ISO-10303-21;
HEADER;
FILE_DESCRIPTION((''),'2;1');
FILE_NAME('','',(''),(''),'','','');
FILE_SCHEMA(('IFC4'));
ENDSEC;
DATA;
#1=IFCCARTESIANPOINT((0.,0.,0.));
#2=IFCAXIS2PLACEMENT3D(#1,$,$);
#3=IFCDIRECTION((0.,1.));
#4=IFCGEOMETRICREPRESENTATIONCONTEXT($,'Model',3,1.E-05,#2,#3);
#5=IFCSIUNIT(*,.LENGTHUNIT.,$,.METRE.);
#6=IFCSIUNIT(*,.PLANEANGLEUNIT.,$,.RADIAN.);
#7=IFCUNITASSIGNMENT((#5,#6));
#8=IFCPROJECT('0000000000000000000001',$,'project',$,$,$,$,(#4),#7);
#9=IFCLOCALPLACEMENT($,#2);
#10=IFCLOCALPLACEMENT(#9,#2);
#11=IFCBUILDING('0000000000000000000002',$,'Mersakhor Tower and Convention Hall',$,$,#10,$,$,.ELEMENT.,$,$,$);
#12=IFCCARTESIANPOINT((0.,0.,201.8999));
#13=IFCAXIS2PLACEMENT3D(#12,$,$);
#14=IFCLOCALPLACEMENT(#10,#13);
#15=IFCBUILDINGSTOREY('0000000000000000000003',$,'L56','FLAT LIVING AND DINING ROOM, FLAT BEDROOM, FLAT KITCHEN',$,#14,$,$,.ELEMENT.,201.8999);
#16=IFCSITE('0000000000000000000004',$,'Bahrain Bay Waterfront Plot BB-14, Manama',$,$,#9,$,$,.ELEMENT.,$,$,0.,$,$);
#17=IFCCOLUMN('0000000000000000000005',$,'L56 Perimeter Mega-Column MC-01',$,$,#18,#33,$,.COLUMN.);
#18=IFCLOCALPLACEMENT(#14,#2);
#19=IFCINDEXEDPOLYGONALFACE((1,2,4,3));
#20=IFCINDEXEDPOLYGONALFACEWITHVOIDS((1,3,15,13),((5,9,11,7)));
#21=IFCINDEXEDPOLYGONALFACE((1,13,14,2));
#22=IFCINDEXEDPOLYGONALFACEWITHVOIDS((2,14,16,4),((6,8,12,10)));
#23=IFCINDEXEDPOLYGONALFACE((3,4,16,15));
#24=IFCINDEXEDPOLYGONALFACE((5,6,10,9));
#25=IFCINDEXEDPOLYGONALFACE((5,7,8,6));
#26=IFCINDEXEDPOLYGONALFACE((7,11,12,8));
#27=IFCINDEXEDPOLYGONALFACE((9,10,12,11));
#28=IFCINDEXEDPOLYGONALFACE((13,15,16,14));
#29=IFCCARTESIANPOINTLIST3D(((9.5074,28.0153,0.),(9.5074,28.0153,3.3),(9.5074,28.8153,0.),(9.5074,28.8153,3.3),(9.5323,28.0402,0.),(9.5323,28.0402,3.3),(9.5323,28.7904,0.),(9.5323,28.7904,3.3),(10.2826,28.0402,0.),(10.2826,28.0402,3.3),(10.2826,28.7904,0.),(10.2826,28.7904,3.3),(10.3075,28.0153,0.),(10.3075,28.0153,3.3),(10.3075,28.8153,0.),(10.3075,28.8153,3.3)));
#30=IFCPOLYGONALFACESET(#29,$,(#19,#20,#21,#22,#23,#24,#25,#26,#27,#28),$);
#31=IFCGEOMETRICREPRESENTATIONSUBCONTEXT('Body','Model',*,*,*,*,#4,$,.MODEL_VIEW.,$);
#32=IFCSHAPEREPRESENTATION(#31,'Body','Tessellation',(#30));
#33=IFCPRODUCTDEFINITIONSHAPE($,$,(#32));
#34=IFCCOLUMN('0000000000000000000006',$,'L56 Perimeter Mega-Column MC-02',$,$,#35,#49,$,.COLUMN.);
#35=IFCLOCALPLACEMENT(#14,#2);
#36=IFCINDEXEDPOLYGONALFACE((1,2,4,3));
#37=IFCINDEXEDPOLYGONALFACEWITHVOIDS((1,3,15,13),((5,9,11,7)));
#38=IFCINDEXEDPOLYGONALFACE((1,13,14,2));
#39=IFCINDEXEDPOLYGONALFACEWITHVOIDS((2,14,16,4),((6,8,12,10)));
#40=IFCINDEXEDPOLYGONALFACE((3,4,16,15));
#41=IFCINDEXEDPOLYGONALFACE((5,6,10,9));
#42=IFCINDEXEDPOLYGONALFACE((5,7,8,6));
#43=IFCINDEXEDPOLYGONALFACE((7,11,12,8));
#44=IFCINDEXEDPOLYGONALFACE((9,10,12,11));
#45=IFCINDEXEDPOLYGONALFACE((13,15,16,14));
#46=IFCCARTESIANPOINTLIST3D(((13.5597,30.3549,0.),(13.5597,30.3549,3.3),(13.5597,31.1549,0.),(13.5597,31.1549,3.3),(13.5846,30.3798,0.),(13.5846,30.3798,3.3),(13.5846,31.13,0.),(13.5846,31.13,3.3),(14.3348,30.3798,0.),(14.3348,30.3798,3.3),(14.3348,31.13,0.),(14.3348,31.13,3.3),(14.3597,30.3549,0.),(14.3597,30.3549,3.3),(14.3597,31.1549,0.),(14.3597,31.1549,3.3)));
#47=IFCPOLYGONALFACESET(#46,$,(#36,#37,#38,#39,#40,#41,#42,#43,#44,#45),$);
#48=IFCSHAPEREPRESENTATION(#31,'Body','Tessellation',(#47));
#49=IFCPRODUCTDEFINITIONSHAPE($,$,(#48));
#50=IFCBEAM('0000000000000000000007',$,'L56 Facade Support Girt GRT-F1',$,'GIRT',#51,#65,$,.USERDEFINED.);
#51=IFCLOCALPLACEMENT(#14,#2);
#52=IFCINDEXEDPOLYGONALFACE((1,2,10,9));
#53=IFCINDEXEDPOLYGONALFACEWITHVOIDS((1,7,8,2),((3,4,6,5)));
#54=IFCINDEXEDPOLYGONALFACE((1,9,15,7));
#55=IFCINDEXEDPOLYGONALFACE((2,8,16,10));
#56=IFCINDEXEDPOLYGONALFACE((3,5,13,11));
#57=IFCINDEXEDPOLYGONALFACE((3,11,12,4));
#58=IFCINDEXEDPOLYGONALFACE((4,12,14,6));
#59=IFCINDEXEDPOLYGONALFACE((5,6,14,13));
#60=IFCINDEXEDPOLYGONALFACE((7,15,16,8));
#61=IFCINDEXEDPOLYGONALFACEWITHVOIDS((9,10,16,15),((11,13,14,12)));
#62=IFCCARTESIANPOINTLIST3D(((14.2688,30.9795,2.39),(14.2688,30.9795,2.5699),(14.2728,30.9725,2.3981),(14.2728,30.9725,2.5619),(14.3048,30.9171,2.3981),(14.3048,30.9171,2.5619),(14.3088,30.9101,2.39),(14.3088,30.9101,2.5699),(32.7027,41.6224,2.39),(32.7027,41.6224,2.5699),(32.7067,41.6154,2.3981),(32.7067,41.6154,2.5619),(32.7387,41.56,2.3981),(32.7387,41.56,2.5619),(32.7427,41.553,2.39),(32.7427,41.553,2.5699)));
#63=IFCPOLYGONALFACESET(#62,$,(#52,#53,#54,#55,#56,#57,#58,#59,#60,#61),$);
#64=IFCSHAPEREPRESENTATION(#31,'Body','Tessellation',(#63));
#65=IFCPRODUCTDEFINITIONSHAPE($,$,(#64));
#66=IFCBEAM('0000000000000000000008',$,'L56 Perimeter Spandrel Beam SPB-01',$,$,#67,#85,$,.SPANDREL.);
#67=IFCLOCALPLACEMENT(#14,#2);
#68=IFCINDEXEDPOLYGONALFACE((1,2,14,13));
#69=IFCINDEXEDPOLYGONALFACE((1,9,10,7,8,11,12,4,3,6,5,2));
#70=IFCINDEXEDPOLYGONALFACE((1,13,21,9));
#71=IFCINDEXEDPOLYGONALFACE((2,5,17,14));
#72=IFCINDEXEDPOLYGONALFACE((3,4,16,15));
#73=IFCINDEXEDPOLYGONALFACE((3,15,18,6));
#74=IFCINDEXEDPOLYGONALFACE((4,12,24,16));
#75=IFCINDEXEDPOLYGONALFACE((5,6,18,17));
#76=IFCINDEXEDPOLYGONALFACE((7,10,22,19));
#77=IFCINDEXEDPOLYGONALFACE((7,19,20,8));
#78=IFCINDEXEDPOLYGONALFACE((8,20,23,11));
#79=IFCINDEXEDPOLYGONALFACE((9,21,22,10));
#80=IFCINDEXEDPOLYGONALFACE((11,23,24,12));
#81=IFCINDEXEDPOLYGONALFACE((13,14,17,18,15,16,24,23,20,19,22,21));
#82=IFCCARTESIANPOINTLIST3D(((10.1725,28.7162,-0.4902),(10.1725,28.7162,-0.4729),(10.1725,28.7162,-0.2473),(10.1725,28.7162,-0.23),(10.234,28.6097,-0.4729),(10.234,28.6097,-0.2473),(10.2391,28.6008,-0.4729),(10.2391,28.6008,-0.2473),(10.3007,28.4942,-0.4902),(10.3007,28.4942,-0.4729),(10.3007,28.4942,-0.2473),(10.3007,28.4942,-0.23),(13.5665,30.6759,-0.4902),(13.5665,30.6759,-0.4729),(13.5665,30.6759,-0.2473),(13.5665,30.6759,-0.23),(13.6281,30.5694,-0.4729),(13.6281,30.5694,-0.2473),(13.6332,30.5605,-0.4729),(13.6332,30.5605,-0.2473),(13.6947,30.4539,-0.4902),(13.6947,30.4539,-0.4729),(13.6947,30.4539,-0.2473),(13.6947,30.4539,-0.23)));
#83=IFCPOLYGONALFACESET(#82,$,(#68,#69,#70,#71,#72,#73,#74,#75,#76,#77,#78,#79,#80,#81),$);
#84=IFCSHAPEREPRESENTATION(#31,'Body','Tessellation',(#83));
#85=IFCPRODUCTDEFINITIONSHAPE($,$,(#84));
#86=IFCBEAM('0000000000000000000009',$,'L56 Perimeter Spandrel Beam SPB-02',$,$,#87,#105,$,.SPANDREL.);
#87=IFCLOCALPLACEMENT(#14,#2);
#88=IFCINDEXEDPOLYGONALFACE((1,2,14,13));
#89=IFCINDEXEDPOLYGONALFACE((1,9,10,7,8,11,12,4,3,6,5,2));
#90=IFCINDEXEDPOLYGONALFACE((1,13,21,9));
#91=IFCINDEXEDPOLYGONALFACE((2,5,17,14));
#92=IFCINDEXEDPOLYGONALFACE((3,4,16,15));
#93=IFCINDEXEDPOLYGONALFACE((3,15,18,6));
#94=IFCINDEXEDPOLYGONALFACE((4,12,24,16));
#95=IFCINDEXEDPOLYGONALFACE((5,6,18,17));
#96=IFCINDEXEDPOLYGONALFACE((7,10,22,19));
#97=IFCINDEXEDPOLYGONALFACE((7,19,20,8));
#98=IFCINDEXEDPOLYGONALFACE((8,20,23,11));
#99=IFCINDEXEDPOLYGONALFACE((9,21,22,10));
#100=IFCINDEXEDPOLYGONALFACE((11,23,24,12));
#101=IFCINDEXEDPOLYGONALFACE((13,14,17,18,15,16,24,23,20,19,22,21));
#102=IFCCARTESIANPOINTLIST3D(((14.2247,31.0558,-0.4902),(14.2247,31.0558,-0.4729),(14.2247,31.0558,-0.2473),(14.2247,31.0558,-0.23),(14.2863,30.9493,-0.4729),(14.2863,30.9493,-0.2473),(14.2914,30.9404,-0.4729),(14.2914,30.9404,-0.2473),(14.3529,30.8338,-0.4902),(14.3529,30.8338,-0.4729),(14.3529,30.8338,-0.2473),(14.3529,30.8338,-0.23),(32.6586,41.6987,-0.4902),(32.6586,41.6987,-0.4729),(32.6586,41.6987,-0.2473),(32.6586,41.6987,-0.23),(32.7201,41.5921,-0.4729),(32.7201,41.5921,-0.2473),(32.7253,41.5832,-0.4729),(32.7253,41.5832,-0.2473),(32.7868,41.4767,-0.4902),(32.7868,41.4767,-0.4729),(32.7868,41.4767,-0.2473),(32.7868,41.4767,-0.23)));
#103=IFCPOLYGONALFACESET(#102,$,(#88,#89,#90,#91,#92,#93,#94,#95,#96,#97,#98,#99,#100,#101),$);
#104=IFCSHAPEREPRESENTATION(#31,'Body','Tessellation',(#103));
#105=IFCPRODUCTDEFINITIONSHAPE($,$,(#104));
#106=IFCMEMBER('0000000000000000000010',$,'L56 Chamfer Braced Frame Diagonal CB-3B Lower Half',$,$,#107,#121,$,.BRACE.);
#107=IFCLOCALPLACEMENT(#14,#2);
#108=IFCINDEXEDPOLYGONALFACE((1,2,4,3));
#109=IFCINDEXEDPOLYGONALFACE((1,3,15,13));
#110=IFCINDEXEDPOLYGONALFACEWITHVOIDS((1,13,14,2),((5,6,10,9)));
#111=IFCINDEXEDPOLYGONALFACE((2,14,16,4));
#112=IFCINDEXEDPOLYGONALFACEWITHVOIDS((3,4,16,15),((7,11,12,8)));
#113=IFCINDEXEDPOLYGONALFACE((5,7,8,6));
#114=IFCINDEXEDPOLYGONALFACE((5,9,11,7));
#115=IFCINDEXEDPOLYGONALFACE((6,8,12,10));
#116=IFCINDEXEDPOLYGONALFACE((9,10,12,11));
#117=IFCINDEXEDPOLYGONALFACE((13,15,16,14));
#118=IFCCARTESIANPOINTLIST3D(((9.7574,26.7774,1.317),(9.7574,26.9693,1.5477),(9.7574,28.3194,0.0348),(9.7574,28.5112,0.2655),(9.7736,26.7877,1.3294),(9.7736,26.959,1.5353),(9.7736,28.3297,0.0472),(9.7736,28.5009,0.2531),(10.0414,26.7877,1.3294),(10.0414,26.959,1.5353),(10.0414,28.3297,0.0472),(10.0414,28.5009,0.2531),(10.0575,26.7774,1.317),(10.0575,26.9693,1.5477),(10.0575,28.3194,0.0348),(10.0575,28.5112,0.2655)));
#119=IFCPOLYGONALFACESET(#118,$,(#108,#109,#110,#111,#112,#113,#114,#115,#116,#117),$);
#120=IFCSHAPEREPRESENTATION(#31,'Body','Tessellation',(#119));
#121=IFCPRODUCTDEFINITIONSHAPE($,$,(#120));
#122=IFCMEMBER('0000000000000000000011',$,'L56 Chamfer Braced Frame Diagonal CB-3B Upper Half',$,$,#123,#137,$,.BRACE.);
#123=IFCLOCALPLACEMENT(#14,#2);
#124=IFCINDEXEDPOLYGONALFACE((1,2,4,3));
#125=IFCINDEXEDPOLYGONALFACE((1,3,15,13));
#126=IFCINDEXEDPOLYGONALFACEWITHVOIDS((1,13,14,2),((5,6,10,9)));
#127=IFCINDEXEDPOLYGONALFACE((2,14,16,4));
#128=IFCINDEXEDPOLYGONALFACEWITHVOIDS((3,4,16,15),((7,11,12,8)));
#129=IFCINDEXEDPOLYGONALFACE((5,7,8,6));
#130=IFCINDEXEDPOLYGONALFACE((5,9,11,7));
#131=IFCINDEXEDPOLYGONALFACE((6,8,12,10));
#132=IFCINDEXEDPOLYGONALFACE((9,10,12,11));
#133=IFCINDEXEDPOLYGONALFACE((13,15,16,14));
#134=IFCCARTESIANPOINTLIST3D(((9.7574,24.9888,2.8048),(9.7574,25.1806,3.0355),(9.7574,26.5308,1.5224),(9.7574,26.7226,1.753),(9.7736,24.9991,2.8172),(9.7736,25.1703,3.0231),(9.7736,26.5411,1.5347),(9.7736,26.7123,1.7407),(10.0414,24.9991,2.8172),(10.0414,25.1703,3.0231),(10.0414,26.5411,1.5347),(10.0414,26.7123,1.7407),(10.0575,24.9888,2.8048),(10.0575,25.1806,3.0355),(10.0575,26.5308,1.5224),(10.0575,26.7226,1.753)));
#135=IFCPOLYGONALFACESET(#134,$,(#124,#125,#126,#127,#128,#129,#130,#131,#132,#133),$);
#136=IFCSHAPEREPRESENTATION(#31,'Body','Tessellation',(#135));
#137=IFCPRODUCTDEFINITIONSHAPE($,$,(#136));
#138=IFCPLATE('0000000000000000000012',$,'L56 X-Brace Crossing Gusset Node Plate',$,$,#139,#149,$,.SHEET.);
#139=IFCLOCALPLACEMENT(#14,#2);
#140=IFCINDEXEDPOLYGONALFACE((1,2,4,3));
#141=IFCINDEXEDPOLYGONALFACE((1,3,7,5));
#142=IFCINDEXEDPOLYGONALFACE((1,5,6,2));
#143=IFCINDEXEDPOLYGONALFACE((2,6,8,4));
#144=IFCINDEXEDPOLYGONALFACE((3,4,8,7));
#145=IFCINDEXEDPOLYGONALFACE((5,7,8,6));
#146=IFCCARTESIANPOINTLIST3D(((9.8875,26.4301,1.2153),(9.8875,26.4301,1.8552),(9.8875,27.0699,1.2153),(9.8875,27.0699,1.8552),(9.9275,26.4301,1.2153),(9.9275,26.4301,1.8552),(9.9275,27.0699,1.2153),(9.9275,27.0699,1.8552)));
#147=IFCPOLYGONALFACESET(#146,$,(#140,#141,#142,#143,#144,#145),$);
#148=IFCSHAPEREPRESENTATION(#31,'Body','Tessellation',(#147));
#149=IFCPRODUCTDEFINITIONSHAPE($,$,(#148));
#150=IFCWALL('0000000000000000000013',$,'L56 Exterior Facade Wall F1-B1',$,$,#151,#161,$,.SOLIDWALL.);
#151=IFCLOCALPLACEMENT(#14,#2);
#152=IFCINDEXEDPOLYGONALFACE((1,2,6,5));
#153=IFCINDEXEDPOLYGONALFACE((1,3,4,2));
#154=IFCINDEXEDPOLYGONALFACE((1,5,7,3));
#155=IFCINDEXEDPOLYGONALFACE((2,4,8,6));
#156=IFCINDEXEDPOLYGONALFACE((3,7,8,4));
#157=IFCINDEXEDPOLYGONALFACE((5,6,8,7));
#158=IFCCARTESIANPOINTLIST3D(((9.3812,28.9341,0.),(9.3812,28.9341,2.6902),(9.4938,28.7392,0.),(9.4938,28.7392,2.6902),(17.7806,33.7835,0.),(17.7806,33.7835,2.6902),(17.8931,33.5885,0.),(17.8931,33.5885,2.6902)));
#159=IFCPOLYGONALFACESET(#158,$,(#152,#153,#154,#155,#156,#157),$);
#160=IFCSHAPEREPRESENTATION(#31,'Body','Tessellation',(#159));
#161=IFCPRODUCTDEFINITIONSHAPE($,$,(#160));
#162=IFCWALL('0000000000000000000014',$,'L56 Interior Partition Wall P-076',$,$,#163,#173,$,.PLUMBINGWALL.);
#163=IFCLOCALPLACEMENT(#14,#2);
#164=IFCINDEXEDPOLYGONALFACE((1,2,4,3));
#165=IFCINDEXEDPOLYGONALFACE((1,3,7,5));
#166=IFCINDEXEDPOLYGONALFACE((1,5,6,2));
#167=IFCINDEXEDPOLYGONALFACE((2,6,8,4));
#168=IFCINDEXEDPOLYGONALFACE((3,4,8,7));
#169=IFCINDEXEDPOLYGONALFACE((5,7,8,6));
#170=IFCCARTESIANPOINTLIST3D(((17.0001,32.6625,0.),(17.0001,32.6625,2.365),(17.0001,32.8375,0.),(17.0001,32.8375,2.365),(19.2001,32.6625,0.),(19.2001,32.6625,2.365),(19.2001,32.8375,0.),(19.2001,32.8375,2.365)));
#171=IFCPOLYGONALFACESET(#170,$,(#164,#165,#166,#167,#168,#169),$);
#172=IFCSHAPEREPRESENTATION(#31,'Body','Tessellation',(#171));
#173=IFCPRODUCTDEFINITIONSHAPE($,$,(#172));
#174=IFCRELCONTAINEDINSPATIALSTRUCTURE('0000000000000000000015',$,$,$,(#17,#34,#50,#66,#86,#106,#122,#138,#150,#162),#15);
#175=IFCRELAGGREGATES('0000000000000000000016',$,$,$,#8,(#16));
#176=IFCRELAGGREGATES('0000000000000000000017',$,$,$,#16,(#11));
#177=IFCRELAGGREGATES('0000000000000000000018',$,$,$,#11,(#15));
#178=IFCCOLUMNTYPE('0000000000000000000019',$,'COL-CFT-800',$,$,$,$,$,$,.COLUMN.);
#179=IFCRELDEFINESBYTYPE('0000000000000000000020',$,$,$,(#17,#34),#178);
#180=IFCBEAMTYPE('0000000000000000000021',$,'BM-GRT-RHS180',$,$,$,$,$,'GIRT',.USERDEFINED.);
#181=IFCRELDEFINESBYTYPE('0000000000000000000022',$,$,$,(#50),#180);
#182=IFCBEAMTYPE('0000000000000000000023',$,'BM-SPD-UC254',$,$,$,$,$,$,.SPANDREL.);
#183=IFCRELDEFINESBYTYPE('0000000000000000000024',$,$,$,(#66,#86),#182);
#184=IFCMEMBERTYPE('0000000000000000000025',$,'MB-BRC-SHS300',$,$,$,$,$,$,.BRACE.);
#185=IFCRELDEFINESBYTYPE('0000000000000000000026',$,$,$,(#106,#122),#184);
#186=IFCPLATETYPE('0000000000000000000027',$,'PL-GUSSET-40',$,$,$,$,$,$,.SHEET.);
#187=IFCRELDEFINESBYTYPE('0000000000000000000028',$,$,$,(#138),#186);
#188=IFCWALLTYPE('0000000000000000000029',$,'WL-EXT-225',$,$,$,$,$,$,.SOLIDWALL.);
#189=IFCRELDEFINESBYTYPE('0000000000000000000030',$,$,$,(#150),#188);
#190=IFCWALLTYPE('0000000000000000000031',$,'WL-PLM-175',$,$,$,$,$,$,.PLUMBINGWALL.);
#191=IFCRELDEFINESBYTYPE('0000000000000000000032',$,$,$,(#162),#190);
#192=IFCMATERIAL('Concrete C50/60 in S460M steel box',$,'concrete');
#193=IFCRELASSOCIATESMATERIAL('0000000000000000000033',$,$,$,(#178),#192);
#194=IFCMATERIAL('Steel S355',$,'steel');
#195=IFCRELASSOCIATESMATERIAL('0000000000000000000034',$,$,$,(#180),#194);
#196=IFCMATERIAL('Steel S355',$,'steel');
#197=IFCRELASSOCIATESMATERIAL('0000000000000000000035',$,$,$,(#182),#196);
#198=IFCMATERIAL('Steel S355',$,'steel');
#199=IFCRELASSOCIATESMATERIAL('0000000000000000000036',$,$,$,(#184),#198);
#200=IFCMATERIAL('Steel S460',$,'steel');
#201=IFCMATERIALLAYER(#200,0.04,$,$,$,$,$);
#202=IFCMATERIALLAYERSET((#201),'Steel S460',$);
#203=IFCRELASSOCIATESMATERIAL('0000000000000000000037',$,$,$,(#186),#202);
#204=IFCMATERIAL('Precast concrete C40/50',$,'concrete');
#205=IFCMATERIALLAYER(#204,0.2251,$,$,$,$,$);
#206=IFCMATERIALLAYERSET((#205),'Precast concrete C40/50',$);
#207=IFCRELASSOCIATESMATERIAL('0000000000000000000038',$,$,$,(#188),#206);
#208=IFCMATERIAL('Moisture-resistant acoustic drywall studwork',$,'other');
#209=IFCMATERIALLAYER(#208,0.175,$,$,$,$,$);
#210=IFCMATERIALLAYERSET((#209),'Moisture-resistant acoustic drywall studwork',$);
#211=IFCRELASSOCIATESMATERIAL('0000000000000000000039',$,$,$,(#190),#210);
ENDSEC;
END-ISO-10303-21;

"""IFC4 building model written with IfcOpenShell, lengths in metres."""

from ifc_helpers import new_model, si_unit, direction, frame, frame_2d, origin, origin_2d, place, context, subcontext, project, spatial, rectangle, hollow_rectangle, i_section, extrude, material, layer, layer_set, material_profile, profile_set, type_object, element, save


model = new_model("IFC4")

# Units and contexts
model_context = context("Model", 3, precision=1e-05, world=origin(), true_north=direction((0.0, 1.0)))
body_context = subcontext(model_context, "Body", "Model", "MODEL_VIEW")
ifc_project = project(units=[si_unit("LENGTHUNIT", "METRE"), si_unit("PLANEANGLEUNIT", "RADIAN")], contexts=[model_context])

# Site, building, storey
site_placement = place(None, origin())
site = spatial("IfcSite", under=ifc_project, at=site_placement, Name="Bahrain Bay Waterfront Plot BB-14, Manama", CompositionType="ELEMENT", RefElevation=0.0)
building_placement = place(site_placement, origin())
building = spatial("IfcBuilding", under=site, at=building_placement, Name="Mersakhor Tower and Convention Hall", CompositionType="ELEMENT")
storey_placement = place(building_placement, frame((0.0, 0.0, 201.8999)))
storey = spatial("IfcBuildingStorey", under=building, at=storey_placement, Name="L56", Description="FLAT LIVING AND DINING ROOM, FLAT BEDROOM, FLAT KITCHEN", CompositionType="ELEMENT", Elevation=201.8999)

# Columns
ifc_material_1 = material(Name="Concrete C50/60 in S460M steel box", Category="concrete")
ifc_material_profile_1 = material_profile(ifc_material_1, hollow_rectangle(XDim=0.8, YDim=0.8, WallThickness=0.0249, at=origin_2d()), Name="SHS 800x800x25")
ifc_profile_set_1 = profile_set([ifc_material_profile_1], Name="Concrete C50/60 in S460M steel box")
column_type = type_object("IfcColumnType", Name="COL-CFT-800", PredefinedType="COLUMN", material=ifc_profile_set_1)
for number, where, z_axis, x_axis, name in (
    (1, (9.9075, 28.4153, 0.0), (0.0, 0.0, 1.0), (1.0, 0.0, 0.0), "L56 Perimeter Mega-Column MC-01"),
    (2, (13.9597, 30.7549, 0.0), (0.0, 0.0, 1.0), (1.0, 0.0, 0.0), "L56 Perimeter Mega-Column MC-02"),
):
    element("IfcColumn", number, at=place(storey_placement, frame(where, z_axis=z_axis, x_axis=x_axis)), inside=storey, type_object=column_type, Name=name, PredefinedType="COLUMN", context=body_context, shape_type="SweptSolid", body=[
        extrude(hollow_rectangle(XDim=0.8, YDim=0.8, WallThickness=0.0249, at=origin_2d()), origin(), (0.0, 0.0, 1.0), 3.3),
    ])

# Beams
ifc_material_2 = material(Name="Steel S355", Category="steel")
ifc_material_profile_2 = material_profile(ifc_material_2, hollow_rectangle(XDim=0.0801, YDim=0.1799, WallThickness=0.0081, at=origin_2d()), Name="RHS 180x80x8")
ifc_profile_set_2 = profile_set([ifc_material_profile_2], Name="Steel S355")
beam_type_1 = type_object("IfcBeamType", Name="BM-GRT-RHS180", ElementType="GIRT", PredefinedType="USERDEFINED", material=ifc_profile_set_2)
beam_1_placement = place(storey_placement, frame((14.2888, 30.9448, 2.48), z_axis=(0.866025, 0.500001, 0.0), x_axis=(-0.500001, 0.866025, 0.0)))
element("IfcBeam", 3, at=beam_1_placement, inside=storey, type_object=beam_type_1, Name="L56 Facade Support Girt GRT-F1", ObjectType="GIRT", PredefinedType="USERDEFINED", context=body_context, shape_type="SweptSolid", body=[
    extrude(hollow_rectangle(XDim=0.0801, YDim=0.1799, WallThickness=0.0081, at=origin_2d()), origin(), (0.0, 0.0, 1.0), 21.2856),
])
ifc_material_3 = material(Name="Steel S355", Category="steel")
ifc_material_profile_3 = material_profile(ifc_material_3, i_section(OverallWidth=0.2563, OverallDepth=0.2603, WebThickness=0.0103, FlangeThickness=0.0173, at=origin_2d()), Name="UC 254x254x89")
ifc_profile_set_3 = profile_set([ifc_material_profile_3], Name="Steel S355")
beam_type_2 = type_object("IfcBeamType", Name="BM-SPD-UC254", PredefinedType="SPANDREL", material=ifc_profile_set_3)
beam_2_placement = place(storey_placement, frame((10.2366, 28.6052, -0.3601), z_axis=(0.866007, 0.500032, 0.0), x_axis=(-0.500032, 0.866007, 0.0)))
element("IfcBeam", 4, at=beam_2_placement, inside=storey, type_object=beam_type_2, Name="L56 Perimeter Spandrel Beam SPB-01", PredefinedType="SPANDREL", context=body_context, shape_type="SweptSolid", body=[
    extrude(i_section(OverallWidth=0.2563, OverallDepth=0.2603, WebThickness=0.0103, FlangeThickness=0.0173, at=origin_2d()), origin(), (0.0, 0.0, 1.0), 3.9192),
])
beam_3_placement = place(storey_placement, frame((14.2888, 30.9448, -0.3601), z_axis=(0.866025, 0.500001, 0.0), x_axis=(-0.500001, 0.866025, 0.0)))
element("IfcBeam", 5, at=beam_3_placement, inside=storey, type_object=beam_type_2, Name="L56 Perimeter Spandrel Beam SPB-02", PredefinedType="SPANDREL", context=body_context, shape_type="SweptSolid", body=[
    extrude(i_section(OverallWidth=0.2563, OverallDepth=0.2603, WebThickness=0.0103, FlangeThickness=0.0173, at=origin_2d()), origin(), (0.0, 0.0, 1.0), 21.2856),
])

# Members
ifc_material_4 = material(Name="Steel S355", Category="steel")
ifc_material_profile_4 = material_profile(ifc_material_4, hollow_rectangle(XDim=0.3, YDim=0.3, WallThickness=0.0161, at=origin_2d()), Name="SHS 300x300x16")
ifc_profile_set_4 = profile_set([ifc_material_profile_4], Name="Steel S355")
member_type = type_object("IfcMemberType", Name="MB-BRC-SHS300", PredefinedType="BRACE", material=ifc_profile_set_4)
member_1_placement = place(storey_placement, frame((9.9075, 28.4153, 0.1501), z_axis=(0.0, -0.768899, 0.63937), x_axis=(1.0, 0.0, 0.0)))
element("IfcMember", 6, at=member_1_placement, inside=storey, type_object=member_type, Name="L56 Chamfer Braced Frame Diagonal CB-3B Lower Half", PredefinedType="BRACE", context=body_context, shape_type="SweptSolid", body=[
    extrude(hollow_rectangle(XDim=0.3, YDim=0.3, WallThickness=0.0161, at=origin_2d()), origin(), (0.0, 0.0, 1.0), 2.0054),
])
member_2_placement = place(storey_placement, frame((9.9075, 26.6267, 1.6377), z_axis=(0.0, -0.76884, 0.639442), x_axis=(1.0, 0.0, 0.0)))
element("IfcMember", 7, at=member_2_placement, inside=storey, type_object=member_type, Name="L56 Chamfer Braced Frame Diagonal CB-3B Upper Half", PredefinedType="BRACE", context=body_context, shape_type="SweptSolid", body=[
    extrude(hollow_rectangle(XDim=0.3, YDim=0.3, WallThickness=0.0161, at=origin_2d()), origin(), (0.0, 0.0, 1.0), 2.0056),
])

# Plate
ifc_material_5 = material(Name="Steel S460", Category="steel")
ifc_layer_1 = layer(ifc_material_5, 0.04)
ifc_layer_set_1 = layer_set([ifc_layer_1], Name="Steel S460")
plate_type = type_object("IfcPlateType", Name="PL-GUSSET-40", PredefinedType="SHEET", material=ifc_layer_set_1)
plate_placement = place(storey_placement, frame((9.9075, 26.75, 1.2153), z_axis=(0.0, 0.0, 1.0), x_axis=(0.0, -1.0, 0.0)))
element("IfcPlate", 8, at=plate_placement, inside=storey, type_object=plate_type, Name="L56 X-Brace Crossing Gusset Node Plate", PredefinedType="SHEET", context=body_context, shape_type="SweptSolid", body=[
    extrude(rectangle(XDim=0.6399, YDim=0.04, at=origin_2d()), origin(), (0.0, 0.0, 1.0), 0.6399),
])

# Walls
ifc_material_6 = material(Name="Precast concrete C40/50", Category="concrete")
ifc_layer_2 = layer(ifc_material_6, 0.2251)
ifc_layer_set_2 = layer_set([ifc_layer_2], Name="Precast concrete C40/50")
wall_type_1 = type_object("IfcWallType", Name="WL-EXT-225", PredefinedType="SOLIDWALL", material=ifc_layer_set_2)
wall_1_placement = place(storey_placement, frame((9.4375, 28.8367, 0.0), z_axis=(0.0, 0.0, 1.0), x_axis=(0.866027, 0.499997, 0.0)))
element("IfcWall", 9, at=wall_1_placement, inside=storey, type_object=wall_type_1, Name="L56 Exterior Facade Wall F1-B1", PredefinedType="SOLIDWALL", context=body_context, shape_type="SweptSolid", body=[
    extrude(rectangle(XDim=9.6987, YDim=0.2251, at=frame_2d((4.8494, 0.0))), origin(), (0.0, 0.0, 1.0), 2.6902),
])
ifc_material_7 = material(Name="Moisture-resistant acoustic drywall studwork", Category="other")
ifc_layer_3 = layer(ifc_material_7, 0.175)
ifc_layer_set_3 = layer_set([ifc_layer_3], Name="Moisture-resistant acoustic drywall studwork")
wall_type_2 = type_object("IfcWallType", Name="WL-PLM-175", PredefinedType="PLUMBINGWALL", material=ifc_layer_set_3)
wall_2_placement = place(storey_placement, frame((17.0, 32.75, 0.0), z_axis=(0.0, 0.0, 1.0), x_axis=(1.0, 0.0, 0.0)))
element("IfcWall", 10, at=wall_2_placement, inside=storey, type_object=wall_type_2, Name="L56 Interior Partition Wall P-076", PredefinedType="PLUMBINGWALL", context=body_context, shape_type="SweptSolid", body=[
    extrude(rectangle(XDim=2.2, YDim=0.175, at=frame_2d((1.1001, 0.0))), origin(), (0.0, 0.0, 1.0), 2.365),
])

save(model, "model.ifc")
